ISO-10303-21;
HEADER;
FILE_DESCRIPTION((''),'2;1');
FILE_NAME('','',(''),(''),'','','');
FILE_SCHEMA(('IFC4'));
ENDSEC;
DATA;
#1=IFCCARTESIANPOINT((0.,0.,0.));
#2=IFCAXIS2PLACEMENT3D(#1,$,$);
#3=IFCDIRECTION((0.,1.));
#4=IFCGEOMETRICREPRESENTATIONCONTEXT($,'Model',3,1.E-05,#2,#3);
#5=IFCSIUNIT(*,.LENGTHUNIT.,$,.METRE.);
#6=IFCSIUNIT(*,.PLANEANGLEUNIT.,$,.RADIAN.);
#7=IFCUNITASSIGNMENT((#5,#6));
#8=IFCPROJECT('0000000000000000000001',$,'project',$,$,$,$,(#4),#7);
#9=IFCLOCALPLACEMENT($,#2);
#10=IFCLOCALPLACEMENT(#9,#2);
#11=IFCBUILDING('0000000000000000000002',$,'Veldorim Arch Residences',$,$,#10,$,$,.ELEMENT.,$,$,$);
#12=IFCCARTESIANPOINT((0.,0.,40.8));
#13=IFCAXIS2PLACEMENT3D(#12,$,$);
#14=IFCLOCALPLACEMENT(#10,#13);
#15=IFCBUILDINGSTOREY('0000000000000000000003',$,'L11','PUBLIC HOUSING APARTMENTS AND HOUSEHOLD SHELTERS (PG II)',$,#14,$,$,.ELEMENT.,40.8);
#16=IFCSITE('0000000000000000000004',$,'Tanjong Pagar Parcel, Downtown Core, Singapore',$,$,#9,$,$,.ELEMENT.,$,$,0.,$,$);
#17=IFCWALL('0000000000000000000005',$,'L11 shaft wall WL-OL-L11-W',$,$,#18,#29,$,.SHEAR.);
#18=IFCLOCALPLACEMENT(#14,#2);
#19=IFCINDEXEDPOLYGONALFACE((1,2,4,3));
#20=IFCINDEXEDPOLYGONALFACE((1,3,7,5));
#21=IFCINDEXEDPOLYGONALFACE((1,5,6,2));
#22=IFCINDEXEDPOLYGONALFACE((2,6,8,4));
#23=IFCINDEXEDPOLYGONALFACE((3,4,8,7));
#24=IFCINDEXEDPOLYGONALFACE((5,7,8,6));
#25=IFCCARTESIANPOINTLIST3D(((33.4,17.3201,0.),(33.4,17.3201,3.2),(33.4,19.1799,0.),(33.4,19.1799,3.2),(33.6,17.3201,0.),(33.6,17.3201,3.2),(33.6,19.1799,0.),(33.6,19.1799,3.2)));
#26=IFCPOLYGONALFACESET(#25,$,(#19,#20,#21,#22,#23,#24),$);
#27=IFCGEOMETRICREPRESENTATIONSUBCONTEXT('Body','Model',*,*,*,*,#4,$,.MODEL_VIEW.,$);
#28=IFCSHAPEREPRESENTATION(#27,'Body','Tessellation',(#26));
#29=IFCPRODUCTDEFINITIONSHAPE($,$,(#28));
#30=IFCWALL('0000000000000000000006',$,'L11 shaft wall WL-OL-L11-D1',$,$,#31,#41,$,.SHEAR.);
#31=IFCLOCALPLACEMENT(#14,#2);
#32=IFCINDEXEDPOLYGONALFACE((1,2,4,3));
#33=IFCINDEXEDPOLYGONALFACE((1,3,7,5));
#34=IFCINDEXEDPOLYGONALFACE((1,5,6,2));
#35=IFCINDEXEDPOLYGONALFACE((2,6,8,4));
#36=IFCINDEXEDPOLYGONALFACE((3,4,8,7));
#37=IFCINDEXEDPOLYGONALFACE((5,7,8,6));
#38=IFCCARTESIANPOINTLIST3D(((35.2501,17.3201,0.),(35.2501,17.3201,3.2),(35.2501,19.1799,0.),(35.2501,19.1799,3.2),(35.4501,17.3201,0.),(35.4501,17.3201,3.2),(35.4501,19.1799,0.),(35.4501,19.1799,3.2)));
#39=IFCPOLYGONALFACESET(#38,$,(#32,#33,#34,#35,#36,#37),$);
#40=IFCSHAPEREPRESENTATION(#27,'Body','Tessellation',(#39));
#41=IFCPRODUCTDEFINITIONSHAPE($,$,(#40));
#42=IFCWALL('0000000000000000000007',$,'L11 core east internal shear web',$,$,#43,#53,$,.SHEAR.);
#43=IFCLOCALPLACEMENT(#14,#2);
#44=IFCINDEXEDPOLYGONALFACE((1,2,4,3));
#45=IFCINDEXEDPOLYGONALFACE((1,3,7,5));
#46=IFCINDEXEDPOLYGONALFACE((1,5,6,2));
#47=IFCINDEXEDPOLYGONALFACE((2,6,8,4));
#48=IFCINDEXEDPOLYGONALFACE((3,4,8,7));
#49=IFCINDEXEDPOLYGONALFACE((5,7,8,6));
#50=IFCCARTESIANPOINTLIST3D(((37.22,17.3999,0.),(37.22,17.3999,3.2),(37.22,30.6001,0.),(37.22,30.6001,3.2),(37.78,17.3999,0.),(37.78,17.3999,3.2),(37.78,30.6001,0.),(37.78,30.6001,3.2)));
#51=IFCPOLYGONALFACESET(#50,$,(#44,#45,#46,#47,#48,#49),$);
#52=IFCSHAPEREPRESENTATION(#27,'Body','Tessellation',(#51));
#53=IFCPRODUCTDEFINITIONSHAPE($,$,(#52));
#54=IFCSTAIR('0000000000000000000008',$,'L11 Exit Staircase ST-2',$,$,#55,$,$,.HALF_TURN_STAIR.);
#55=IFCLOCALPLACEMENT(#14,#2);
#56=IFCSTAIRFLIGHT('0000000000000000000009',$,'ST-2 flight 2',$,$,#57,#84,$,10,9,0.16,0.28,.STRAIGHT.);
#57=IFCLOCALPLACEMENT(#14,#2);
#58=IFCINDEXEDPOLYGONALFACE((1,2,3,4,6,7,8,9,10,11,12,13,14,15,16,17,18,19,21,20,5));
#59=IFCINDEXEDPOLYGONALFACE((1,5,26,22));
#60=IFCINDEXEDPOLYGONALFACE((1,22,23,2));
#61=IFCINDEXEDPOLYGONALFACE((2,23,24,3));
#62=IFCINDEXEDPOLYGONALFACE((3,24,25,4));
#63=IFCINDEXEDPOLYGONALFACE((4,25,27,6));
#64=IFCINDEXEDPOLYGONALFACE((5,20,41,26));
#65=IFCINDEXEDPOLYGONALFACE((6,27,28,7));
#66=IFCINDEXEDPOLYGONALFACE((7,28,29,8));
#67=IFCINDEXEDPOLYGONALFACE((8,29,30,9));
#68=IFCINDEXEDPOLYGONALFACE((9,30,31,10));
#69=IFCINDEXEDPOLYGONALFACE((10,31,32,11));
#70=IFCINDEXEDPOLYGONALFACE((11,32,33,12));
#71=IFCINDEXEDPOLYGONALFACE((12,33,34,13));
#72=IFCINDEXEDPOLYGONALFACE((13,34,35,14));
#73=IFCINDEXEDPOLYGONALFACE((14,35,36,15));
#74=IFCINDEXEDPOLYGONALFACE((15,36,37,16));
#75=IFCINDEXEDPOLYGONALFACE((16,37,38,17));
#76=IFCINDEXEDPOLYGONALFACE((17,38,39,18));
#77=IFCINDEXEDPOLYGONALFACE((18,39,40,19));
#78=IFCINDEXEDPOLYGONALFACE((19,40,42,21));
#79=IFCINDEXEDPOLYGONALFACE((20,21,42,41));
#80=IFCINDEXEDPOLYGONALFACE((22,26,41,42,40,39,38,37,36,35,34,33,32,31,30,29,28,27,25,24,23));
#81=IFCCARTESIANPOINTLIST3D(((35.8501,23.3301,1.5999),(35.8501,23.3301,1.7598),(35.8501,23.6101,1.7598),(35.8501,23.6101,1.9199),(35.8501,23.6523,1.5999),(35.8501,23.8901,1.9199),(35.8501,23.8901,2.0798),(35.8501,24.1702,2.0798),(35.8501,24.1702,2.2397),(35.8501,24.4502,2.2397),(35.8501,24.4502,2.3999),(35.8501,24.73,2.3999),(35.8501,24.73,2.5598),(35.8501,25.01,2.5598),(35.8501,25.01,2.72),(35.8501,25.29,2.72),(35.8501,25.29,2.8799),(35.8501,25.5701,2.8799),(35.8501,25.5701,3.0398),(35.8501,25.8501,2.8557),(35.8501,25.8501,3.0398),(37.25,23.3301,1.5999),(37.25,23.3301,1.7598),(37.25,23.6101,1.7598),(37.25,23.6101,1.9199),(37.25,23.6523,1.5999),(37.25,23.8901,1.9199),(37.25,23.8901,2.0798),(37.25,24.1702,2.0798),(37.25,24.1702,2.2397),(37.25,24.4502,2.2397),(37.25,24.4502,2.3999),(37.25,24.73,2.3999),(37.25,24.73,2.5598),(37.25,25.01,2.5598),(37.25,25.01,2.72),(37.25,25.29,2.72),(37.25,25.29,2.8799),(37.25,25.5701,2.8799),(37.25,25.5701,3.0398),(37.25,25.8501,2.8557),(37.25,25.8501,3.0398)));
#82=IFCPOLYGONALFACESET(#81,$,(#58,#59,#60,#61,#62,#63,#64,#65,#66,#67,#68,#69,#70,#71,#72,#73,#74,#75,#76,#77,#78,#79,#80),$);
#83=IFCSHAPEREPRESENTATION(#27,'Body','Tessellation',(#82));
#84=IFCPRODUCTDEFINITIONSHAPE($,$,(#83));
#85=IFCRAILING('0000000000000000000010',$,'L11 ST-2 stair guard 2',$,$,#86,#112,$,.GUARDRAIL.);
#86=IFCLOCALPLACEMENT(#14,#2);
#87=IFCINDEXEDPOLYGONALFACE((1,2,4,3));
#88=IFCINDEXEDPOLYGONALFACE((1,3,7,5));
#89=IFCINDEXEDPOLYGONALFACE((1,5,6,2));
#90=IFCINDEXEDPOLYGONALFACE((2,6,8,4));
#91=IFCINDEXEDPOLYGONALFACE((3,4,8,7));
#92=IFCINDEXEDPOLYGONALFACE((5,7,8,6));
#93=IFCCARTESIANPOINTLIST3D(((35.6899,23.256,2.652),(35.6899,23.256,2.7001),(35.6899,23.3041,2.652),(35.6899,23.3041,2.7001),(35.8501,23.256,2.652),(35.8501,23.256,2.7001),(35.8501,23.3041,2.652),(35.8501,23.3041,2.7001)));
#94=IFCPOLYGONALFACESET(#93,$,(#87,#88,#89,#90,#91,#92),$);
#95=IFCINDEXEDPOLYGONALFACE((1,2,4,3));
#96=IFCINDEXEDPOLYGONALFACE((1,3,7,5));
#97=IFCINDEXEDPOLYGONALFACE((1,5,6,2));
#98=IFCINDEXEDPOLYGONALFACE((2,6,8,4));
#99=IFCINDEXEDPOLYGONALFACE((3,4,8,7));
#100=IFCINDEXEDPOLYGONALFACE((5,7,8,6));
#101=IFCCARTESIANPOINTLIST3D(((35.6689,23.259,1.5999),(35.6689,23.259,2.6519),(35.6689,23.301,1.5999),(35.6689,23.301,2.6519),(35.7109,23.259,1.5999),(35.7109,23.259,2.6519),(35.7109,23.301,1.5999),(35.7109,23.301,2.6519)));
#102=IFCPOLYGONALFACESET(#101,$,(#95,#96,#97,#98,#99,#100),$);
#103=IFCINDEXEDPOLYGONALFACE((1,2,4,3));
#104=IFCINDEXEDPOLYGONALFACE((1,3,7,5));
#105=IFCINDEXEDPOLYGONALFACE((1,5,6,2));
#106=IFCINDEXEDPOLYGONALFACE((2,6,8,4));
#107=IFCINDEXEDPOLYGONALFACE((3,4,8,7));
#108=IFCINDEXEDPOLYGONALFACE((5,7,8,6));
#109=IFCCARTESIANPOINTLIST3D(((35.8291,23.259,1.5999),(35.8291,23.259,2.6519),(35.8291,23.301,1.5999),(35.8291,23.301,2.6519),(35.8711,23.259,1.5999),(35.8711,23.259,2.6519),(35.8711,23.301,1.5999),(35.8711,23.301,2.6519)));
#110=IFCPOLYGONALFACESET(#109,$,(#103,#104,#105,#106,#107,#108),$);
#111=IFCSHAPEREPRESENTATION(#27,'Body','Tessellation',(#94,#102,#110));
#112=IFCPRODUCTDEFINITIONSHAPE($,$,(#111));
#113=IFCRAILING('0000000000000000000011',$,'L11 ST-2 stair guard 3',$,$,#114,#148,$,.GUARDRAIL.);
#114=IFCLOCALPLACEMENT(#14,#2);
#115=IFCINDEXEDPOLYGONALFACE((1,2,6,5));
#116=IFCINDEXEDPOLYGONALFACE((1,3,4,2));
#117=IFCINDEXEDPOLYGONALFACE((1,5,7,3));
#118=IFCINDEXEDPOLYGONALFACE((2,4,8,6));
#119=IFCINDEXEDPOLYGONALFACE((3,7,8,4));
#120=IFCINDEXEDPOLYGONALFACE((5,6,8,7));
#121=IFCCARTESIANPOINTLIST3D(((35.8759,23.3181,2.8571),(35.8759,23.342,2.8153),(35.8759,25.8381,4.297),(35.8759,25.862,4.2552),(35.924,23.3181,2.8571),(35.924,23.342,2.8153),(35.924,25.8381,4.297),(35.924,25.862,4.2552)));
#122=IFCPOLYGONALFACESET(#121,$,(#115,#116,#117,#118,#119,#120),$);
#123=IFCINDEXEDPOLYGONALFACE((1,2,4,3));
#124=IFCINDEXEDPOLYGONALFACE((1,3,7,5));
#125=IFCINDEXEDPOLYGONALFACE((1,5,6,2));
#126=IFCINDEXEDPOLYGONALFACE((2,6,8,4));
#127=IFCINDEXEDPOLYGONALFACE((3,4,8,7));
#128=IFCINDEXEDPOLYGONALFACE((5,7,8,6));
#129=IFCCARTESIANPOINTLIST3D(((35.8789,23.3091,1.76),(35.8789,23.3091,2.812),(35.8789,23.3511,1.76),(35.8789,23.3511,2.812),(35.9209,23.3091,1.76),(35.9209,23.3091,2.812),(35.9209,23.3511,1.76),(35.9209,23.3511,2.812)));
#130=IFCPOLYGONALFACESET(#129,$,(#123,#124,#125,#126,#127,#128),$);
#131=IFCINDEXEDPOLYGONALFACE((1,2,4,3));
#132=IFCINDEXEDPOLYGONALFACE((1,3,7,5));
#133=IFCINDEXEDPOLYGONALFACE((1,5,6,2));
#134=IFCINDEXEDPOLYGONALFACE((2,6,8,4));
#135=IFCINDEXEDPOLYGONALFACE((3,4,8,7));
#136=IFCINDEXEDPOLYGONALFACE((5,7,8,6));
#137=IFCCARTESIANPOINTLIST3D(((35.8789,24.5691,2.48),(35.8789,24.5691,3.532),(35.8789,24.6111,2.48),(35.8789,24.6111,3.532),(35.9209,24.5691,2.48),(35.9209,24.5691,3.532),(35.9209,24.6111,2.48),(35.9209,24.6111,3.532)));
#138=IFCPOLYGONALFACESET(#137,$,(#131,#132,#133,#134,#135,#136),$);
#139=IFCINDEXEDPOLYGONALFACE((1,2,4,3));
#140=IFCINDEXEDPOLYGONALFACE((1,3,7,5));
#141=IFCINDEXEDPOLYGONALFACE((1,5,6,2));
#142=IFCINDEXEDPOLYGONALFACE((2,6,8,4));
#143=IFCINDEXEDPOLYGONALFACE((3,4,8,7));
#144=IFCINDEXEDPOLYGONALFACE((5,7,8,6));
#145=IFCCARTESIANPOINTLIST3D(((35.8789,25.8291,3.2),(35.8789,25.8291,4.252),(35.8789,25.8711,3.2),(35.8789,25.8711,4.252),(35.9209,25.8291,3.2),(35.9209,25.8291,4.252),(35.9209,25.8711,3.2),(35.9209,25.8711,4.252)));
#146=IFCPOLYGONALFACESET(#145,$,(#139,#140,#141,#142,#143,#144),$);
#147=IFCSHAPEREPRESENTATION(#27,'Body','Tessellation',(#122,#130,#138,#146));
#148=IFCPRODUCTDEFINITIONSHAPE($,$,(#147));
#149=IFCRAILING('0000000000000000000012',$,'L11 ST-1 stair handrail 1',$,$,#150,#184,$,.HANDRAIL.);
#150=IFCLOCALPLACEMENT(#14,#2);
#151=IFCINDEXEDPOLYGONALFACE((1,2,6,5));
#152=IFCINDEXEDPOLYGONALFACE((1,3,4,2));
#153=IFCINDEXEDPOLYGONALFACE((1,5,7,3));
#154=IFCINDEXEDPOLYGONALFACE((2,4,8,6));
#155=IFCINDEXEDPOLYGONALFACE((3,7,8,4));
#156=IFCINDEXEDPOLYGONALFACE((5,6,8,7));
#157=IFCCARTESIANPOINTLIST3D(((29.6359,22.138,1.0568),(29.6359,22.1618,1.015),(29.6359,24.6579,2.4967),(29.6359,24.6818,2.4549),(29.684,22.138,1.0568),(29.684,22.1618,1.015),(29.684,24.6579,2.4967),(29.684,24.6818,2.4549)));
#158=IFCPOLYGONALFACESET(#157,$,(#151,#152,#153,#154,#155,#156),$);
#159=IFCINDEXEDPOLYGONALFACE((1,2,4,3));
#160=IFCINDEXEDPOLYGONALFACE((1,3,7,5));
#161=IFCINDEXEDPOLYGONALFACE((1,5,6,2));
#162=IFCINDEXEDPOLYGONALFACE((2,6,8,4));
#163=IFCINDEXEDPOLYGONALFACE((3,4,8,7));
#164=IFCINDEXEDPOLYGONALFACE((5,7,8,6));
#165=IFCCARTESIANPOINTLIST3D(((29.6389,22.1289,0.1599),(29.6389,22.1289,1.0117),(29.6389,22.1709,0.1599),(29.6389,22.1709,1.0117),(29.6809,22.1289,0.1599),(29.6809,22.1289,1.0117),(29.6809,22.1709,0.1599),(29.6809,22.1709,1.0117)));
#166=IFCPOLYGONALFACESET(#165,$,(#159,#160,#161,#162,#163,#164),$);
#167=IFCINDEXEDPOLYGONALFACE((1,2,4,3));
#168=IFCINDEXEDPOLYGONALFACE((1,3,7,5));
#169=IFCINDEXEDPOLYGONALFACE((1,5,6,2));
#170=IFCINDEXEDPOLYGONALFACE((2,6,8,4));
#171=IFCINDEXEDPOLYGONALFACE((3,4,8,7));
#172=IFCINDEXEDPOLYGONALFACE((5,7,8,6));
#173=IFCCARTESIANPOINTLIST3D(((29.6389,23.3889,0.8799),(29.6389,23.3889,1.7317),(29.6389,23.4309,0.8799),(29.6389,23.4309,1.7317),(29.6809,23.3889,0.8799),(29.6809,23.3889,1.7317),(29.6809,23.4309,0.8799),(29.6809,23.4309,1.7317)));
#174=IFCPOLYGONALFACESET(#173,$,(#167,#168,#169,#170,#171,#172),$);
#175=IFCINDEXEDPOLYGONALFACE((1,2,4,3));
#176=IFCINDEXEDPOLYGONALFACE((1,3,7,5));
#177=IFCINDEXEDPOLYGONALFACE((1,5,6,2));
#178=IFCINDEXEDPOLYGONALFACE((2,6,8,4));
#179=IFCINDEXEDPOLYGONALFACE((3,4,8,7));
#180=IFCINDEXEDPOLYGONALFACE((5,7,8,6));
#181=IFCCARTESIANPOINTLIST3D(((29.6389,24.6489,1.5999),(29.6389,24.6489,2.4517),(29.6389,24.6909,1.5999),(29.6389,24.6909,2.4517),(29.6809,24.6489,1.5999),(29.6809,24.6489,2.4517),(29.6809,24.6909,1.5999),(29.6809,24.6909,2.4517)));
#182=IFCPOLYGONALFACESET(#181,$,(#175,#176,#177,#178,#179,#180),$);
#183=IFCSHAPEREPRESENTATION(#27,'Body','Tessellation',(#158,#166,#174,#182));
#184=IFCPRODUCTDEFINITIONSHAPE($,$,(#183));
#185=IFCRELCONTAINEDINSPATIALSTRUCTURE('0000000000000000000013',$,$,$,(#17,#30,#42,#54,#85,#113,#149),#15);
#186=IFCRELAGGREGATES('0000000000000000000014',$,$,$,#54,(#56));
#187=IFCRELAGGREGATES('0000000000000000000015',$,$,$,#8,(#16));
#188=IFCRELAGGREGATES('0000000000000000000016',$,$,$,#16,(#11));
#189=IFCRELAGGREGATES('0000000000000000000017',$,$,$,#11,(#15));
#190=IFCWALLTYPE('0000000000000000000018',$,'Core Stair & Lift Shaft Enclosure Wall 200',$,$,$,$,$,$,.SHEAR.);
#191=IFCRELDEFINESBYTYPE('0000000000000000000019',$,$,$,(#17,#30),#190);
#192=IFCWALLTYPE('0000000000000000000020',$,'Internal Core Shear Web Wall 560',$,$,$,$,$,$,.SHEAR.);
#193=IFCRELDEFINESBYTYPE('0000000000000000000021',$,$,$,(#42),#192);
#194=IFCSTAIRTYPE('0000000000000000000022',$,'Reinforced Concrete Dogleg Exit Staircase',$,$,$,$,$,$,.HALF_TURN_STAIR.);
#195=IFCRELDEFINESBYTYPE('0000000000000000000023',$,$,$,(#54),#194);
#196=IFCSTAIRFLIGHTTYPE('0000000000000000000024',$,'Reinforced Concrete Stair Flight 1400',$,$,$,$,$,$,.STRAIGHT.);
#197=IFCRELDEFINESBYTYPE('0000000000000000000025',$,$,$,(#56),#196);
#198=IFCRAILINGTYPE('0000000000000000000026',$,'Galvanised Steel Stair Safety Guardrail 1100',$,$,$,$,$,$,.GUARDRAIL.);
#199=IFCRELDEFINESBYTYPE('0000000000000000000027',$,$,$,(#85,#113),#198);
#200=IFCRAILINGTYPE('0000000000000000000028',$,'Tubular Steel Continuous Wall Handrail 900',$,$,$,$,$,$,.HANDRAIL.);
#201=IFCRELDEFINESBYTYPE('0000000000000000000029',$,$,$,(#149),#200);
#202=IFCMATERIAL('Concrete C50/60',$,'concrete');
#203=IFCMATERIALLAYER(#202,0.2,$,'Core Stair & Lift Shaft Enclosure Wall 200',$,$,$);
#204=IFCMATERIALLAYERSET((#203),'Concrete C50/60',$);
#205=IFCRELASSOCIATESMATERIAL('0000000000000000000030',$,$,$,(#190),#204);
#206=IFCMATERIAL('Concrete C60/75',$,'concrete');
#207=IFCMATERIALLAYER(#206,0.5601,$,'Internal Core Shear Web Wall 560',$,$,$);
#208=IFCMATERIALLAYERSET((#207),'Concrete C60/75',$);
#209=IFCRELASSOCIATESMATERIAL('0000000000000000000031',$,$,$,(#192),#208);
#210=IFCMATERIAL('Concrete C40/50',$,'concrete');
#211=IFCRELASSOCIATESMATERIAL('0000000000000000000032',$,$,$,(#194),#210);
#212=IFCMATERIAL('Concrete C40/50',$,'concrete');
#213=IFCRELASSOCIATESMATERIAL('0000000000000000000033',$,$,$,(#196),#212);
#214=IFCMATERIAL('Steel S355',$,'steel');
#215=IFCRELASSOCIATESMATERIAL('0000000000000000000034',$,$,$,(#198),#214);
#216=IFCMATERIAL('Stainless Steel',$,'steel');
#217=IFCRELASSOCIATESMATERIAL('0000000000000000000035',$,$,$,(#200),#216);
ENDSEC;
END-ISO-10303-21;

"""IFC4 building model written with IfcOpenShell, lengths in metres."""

from ifc_helpers import new_model, si_unit, direction, frame, frame_2d, origin, origin_2d, place, context, subcontext, project, spatial, polyline, rectangle, outline, extrude, material, layer, layer_set, type_object, element, aggregate, save


model = new_model("IFC4")

# Units and contexts
model_context = context("Model", 3, precision=1e-05, world=origin(), true_north=direction((0.0, 1.0)))
body_context = subcontext(model_context, "Body", "Model", "MODEL_VIEW")
ifc_project = project(units=[si_unit("LENGTHUNIT", "METRE"), si_unit("PLANEANGLEUNIT", "RADIAN")], contexts=[model_context])

# Site, building, storey
site_placement = place(None, origin())
site = spatial("IfcSite", under=ifc_project, at=site_placement, Name="Tanjong Pagar Parcel, Downtown Core, Singapore", CompositionType="ELEMENT", RefElevation=0.0)
building_placement = place(site_placement, origin())
building = spatial("IfcBuilding", under=site, at=building_placement, Name="Veldorim Arch Residences", CompositionType="ELEMENT")
storey_placement = place(building_placement, frame((0.0, 0.0, 40.8)))
storey = spatial("IfcBuildingStorey", under=building, at=storey_placement, Name="L11", Description="PUBLIC HOUSING APARTMENTS AND HOUSEHOLD SHELTERS (PG II)", CompositionType="ELEMENT", Elevation=40.8)

# Shared definitions
ifc_material_1 = material(Name="Concrete C50/60", Category="concrete")
ifc_layer_1 = layer(ifc_material_1, 0.2, Name="Core Stair & Lift Shaft Enclosure Wall 200")
ifc_layer_set_1 = layer_set([ifc_layer_1], Name="Concrete C50/60")
wall_type_1 = type_object("IfcWallType", Name="Core Stair & Lift Shaft Enclosure Wall 200", PredefinedType="SHEAR", material=ifc_layer_set_1)

# Walls
for number, where, z_axis, x_axis, name in (
    (1, (33.5, 17.3201, 0.0), (0.0, 0.0, 1.0), (0.0, 1.0, 0.0), "L11 shaft wall WL-OL-L11-W"),
    (2, (35.3501, 17.3201, 0.0), (0.0, 0.0, 1.0), (0.0, 1.0, 0.0), "L11 shaft wall WL-OL-L11-D1"),
):
    element("IfcWall", number, at=place(storey_placement, frame(where, z_axis=z_axis, x_axis=x_axis)), inside=storey, type_object=wall_type_1, Name=name, PredefinedType="SHEAR", context=body_context, shape_type="SweptSolid", body=[
        extrude(rectangle(XDim=1.8599, YDim=0.2, at=frame_2d((0.9299, 0.0))), origin(), (0.0, 0.0, 1.0), 3.2),
    ])
ifc_material_2 = material(Name="Concrete C60/75", Category="concrete")
ifc_layer_2 = layer(ifc_material_2, 0.5601, Name="Internal Core Shear Web Wall 560")
ifc_layer_set_2 = layer_set([ifc_layer_2], Name="Concrete C60/75")
wall_type_2 = type_object("IfcWallType", Name="Internal Core Shear Web Wall 560", PredefinedType="SHEAR", material=ifc_layer_set_2)
wall_1_placement = place(storey_placement, frame((37.5, 17.3999, 0.0), z_axis=(0.0, 0.0, 1.0), x_axis=(0.0, 1.0, 0.0)))
element("IfcWall", 3, at=wall_1_placement, inside=storey, type_object=wall_type_2, Name="L11 core east internal shear web", PredefinedType="SHEAR", context=body_context, shape_type="SweptSolid", body=[
    extrude(rectangle(XDim=13.2002, YDim=0.5601, at=frame_2d((6.6001, 0.0))), origin(), (0.0, 0.0, 1.0), 3.2),
])

# Stair, stair flight
ifc_material_3 = material(Name="Concrete C40/50", Category="concrete")
stair_type = type_object("IfcStairType", Name="Reinforced Concrete Dogleg Exit Staircase", PredefinedType="HALF_TURN_STAIR", material=ifc_material_3)
stair_placement = place(storey_placement, origin())
stair = element("IfcStair", 4, at=stair_placement, inside=storey, type_object=stair_type, Name="L11 Exit Staircase ST-2", PredefinedType="HALF_TURN_STAIR")
ifc_material_4 = material(Name="Concrete C40/50", Category="concrete")
stair_flight_type = type_object("IfcStairFlightType", Name="Reinforced Concrete Stair Flight 1400", PredefinedType="STRAIGHT", material=ifc_material_4)
stair_flight_placement = place(storey_placement, frame((36.55, 23.3301, 1.5999), z_axis=(0.0, 0.0, 1.0), x_axis=(0.0, 1.0, 0.0)))
stair_flight = element("IfcStairFlight", 5, at=stair_flight_placement, type_object=stair_flight_type, Name="ST-2 flight 2", NumberOfRisers=10, NumberOfTreads=9, PredefinedType="STRAIGHT", RiserHeight=0.16, TreadLength=0.28, context=body_context, shape_type="SweptSolid", body=[
    extrude(outline(polyline([(0.0, 0.0), (0.0, 0.1599), (0.28, 0.1599), (0.28, 0.3201), (0.5601, 0.3201), (0.5601, 0.48), (0.8401, 0.48), (0.8401, 0.6399), (1.1201, 0.6399), (1.1201, 0.8), (1.3999, 0.8), (1.3999, 0.96), (1.6799, 0.96), (1.6799, 1.1201), (1.96, 1.1201), (1.96, 1.28), (2.24, 1.28), (2.24, 1.4399), (2.52, 1.4399), (2.52, 1.6001), (2.52, 1.2559), (0.3223, 0.0), (0.0, 0.0)])), frame((0.0, 0.7, 0.0), z_axis=(0.0, -1.0, 0.0), x_axis=(1.0, 0.0, 0.0)), (0.0, 0.0, 1.0), 1.3999),
])
aggregate(stair, [stair_flight])

# Railings
ifc_material_5 = material(Name="Steel S355", Category="steel")
railing_type_1 = type_object("IfcRailingType", Name="Galvanised Steel Stair Safety Guardrail 1100", PredefinedType="GUARDRAIL", material=ifc_material_5)
railing_1_placement = place(storey_placement, frame((35.6899, 23.28, 1.5999)))
element("IfcRailing", 6, at=railing_1_placement, inside=storey, type_object=railing_type_1, Name="L11 ST-2 stair guard 2", PredefinedType="GUARDRAIL", context=body_context, shape_type="SweptSolid", body=[
    extrude(rectangle(XDim=0.0481, YDim=0.0481, at=origin_2d()), frame((0.0, 0.0, 1.0762), z_axis=(1.0, 0.0, 0.0), x_axis=(0.0, 1.0, 0.0)), (0.0, 0.0, 1.0), 0.1602),
    extrude(rectangle(XDim=0.042, YDim=0.042, at=origin_2d()), origin(), (0.0, 0.0, 1.0), 1.052),
    extrude(rectangle(XDim=0.042, YDim=0.042, at=origin_2d()), frame((0.1602, 0.0, 0.0)), (0.0, 0.0, 1.0), 1.052),
])
railing_2_placement = place(storey_placement, frame((35.8999, 23.3301, 1.76)))
element("IfcRailing", 7, at=railing_2_placement, inside=storey, type_object=railing_type_1, Name="L11 ST-2 stair guard 3", PredefinedType="GUARDRAIL", context=body_context, shape_type="SweptSolid", body=[
    extrude(rectangle(XDim=0.0481, YDim=0.0481, at=origin_2d()), frame((0.0, 0.0, 1.0762), z_axis=(0.0, 0.868253, 0.496121), x_axis=(-1.0, 0.0, 0.0)), (0.0, 0.0, 1.0), 2.9023),
    extrude(rectangle(XDim=0.042, YDim=0.042, at=origin_2d()), origin(), (0.0, 0.0, 1.0), 1.052),
    extrude(rectangle(XDim=0.042, YDim=0.042, at=origin_2d()), frame((0.0, 1.26, 0.72)), (0.0, 0.0, 1.0), 1.052),
    extrude(rectangle(XDim=0.042, YDim=0.042, at=origin_2d()), frame((0.0, 2.52, 1.4399)), (0.0, 0.0, 1.0), 1.052),
])
ifc_material_6 = material(Name="Stainless Steel", Category="steel")
railing_type_2 = type_object("IfcRailingType", Name="Tubular Steel Continuous Wall Handrail 900", PredefinedType="HANDRAIL", material=ifc_material_6)
railing_3_placement = place(storey_placement, frame((29.6599, 22.1499, 0.1599)))
element("IfcRailing", 8, at=railing_3_placement, inside=storey, type_object=railing_type_2, Name="L11 ST-1 stair handrail 1", PredefinedType="HANDRAIL", context=body_context, shape_type="SweptSolid", body=[
    extrude(rectangle(XDim=0.0481, YDim=0.0481, at=origin_2d()), frame((0.0, 0.0, 0.876), z_axis=(0.0, 0.868253, 0.496121), x_axis=(-1.0, 0.0, 0.0)), (0.0, 0.0, 1.0), 2.9023),
    extrude(rectangle(XDim=0.042, YDim=0.042, at=origin_2d()), origin(), (0.0, 0.0, 1.0), 0.8518),
    extrude(rectangle(XDim=0.042, YDim=0.042, at=origin_2d()), frame((0.0, 1.26, 0.72)), (0.0, 0.0, 1.0), 0.8518),
    extrude(rectangle(XDim=0.042, YDim=0.042, at=origin_2d()), frame((0.0, 2.52, 1.4399)), (0.0, 0.0, 1.0), 0.8518),
])

save(model, "model.ifc")
